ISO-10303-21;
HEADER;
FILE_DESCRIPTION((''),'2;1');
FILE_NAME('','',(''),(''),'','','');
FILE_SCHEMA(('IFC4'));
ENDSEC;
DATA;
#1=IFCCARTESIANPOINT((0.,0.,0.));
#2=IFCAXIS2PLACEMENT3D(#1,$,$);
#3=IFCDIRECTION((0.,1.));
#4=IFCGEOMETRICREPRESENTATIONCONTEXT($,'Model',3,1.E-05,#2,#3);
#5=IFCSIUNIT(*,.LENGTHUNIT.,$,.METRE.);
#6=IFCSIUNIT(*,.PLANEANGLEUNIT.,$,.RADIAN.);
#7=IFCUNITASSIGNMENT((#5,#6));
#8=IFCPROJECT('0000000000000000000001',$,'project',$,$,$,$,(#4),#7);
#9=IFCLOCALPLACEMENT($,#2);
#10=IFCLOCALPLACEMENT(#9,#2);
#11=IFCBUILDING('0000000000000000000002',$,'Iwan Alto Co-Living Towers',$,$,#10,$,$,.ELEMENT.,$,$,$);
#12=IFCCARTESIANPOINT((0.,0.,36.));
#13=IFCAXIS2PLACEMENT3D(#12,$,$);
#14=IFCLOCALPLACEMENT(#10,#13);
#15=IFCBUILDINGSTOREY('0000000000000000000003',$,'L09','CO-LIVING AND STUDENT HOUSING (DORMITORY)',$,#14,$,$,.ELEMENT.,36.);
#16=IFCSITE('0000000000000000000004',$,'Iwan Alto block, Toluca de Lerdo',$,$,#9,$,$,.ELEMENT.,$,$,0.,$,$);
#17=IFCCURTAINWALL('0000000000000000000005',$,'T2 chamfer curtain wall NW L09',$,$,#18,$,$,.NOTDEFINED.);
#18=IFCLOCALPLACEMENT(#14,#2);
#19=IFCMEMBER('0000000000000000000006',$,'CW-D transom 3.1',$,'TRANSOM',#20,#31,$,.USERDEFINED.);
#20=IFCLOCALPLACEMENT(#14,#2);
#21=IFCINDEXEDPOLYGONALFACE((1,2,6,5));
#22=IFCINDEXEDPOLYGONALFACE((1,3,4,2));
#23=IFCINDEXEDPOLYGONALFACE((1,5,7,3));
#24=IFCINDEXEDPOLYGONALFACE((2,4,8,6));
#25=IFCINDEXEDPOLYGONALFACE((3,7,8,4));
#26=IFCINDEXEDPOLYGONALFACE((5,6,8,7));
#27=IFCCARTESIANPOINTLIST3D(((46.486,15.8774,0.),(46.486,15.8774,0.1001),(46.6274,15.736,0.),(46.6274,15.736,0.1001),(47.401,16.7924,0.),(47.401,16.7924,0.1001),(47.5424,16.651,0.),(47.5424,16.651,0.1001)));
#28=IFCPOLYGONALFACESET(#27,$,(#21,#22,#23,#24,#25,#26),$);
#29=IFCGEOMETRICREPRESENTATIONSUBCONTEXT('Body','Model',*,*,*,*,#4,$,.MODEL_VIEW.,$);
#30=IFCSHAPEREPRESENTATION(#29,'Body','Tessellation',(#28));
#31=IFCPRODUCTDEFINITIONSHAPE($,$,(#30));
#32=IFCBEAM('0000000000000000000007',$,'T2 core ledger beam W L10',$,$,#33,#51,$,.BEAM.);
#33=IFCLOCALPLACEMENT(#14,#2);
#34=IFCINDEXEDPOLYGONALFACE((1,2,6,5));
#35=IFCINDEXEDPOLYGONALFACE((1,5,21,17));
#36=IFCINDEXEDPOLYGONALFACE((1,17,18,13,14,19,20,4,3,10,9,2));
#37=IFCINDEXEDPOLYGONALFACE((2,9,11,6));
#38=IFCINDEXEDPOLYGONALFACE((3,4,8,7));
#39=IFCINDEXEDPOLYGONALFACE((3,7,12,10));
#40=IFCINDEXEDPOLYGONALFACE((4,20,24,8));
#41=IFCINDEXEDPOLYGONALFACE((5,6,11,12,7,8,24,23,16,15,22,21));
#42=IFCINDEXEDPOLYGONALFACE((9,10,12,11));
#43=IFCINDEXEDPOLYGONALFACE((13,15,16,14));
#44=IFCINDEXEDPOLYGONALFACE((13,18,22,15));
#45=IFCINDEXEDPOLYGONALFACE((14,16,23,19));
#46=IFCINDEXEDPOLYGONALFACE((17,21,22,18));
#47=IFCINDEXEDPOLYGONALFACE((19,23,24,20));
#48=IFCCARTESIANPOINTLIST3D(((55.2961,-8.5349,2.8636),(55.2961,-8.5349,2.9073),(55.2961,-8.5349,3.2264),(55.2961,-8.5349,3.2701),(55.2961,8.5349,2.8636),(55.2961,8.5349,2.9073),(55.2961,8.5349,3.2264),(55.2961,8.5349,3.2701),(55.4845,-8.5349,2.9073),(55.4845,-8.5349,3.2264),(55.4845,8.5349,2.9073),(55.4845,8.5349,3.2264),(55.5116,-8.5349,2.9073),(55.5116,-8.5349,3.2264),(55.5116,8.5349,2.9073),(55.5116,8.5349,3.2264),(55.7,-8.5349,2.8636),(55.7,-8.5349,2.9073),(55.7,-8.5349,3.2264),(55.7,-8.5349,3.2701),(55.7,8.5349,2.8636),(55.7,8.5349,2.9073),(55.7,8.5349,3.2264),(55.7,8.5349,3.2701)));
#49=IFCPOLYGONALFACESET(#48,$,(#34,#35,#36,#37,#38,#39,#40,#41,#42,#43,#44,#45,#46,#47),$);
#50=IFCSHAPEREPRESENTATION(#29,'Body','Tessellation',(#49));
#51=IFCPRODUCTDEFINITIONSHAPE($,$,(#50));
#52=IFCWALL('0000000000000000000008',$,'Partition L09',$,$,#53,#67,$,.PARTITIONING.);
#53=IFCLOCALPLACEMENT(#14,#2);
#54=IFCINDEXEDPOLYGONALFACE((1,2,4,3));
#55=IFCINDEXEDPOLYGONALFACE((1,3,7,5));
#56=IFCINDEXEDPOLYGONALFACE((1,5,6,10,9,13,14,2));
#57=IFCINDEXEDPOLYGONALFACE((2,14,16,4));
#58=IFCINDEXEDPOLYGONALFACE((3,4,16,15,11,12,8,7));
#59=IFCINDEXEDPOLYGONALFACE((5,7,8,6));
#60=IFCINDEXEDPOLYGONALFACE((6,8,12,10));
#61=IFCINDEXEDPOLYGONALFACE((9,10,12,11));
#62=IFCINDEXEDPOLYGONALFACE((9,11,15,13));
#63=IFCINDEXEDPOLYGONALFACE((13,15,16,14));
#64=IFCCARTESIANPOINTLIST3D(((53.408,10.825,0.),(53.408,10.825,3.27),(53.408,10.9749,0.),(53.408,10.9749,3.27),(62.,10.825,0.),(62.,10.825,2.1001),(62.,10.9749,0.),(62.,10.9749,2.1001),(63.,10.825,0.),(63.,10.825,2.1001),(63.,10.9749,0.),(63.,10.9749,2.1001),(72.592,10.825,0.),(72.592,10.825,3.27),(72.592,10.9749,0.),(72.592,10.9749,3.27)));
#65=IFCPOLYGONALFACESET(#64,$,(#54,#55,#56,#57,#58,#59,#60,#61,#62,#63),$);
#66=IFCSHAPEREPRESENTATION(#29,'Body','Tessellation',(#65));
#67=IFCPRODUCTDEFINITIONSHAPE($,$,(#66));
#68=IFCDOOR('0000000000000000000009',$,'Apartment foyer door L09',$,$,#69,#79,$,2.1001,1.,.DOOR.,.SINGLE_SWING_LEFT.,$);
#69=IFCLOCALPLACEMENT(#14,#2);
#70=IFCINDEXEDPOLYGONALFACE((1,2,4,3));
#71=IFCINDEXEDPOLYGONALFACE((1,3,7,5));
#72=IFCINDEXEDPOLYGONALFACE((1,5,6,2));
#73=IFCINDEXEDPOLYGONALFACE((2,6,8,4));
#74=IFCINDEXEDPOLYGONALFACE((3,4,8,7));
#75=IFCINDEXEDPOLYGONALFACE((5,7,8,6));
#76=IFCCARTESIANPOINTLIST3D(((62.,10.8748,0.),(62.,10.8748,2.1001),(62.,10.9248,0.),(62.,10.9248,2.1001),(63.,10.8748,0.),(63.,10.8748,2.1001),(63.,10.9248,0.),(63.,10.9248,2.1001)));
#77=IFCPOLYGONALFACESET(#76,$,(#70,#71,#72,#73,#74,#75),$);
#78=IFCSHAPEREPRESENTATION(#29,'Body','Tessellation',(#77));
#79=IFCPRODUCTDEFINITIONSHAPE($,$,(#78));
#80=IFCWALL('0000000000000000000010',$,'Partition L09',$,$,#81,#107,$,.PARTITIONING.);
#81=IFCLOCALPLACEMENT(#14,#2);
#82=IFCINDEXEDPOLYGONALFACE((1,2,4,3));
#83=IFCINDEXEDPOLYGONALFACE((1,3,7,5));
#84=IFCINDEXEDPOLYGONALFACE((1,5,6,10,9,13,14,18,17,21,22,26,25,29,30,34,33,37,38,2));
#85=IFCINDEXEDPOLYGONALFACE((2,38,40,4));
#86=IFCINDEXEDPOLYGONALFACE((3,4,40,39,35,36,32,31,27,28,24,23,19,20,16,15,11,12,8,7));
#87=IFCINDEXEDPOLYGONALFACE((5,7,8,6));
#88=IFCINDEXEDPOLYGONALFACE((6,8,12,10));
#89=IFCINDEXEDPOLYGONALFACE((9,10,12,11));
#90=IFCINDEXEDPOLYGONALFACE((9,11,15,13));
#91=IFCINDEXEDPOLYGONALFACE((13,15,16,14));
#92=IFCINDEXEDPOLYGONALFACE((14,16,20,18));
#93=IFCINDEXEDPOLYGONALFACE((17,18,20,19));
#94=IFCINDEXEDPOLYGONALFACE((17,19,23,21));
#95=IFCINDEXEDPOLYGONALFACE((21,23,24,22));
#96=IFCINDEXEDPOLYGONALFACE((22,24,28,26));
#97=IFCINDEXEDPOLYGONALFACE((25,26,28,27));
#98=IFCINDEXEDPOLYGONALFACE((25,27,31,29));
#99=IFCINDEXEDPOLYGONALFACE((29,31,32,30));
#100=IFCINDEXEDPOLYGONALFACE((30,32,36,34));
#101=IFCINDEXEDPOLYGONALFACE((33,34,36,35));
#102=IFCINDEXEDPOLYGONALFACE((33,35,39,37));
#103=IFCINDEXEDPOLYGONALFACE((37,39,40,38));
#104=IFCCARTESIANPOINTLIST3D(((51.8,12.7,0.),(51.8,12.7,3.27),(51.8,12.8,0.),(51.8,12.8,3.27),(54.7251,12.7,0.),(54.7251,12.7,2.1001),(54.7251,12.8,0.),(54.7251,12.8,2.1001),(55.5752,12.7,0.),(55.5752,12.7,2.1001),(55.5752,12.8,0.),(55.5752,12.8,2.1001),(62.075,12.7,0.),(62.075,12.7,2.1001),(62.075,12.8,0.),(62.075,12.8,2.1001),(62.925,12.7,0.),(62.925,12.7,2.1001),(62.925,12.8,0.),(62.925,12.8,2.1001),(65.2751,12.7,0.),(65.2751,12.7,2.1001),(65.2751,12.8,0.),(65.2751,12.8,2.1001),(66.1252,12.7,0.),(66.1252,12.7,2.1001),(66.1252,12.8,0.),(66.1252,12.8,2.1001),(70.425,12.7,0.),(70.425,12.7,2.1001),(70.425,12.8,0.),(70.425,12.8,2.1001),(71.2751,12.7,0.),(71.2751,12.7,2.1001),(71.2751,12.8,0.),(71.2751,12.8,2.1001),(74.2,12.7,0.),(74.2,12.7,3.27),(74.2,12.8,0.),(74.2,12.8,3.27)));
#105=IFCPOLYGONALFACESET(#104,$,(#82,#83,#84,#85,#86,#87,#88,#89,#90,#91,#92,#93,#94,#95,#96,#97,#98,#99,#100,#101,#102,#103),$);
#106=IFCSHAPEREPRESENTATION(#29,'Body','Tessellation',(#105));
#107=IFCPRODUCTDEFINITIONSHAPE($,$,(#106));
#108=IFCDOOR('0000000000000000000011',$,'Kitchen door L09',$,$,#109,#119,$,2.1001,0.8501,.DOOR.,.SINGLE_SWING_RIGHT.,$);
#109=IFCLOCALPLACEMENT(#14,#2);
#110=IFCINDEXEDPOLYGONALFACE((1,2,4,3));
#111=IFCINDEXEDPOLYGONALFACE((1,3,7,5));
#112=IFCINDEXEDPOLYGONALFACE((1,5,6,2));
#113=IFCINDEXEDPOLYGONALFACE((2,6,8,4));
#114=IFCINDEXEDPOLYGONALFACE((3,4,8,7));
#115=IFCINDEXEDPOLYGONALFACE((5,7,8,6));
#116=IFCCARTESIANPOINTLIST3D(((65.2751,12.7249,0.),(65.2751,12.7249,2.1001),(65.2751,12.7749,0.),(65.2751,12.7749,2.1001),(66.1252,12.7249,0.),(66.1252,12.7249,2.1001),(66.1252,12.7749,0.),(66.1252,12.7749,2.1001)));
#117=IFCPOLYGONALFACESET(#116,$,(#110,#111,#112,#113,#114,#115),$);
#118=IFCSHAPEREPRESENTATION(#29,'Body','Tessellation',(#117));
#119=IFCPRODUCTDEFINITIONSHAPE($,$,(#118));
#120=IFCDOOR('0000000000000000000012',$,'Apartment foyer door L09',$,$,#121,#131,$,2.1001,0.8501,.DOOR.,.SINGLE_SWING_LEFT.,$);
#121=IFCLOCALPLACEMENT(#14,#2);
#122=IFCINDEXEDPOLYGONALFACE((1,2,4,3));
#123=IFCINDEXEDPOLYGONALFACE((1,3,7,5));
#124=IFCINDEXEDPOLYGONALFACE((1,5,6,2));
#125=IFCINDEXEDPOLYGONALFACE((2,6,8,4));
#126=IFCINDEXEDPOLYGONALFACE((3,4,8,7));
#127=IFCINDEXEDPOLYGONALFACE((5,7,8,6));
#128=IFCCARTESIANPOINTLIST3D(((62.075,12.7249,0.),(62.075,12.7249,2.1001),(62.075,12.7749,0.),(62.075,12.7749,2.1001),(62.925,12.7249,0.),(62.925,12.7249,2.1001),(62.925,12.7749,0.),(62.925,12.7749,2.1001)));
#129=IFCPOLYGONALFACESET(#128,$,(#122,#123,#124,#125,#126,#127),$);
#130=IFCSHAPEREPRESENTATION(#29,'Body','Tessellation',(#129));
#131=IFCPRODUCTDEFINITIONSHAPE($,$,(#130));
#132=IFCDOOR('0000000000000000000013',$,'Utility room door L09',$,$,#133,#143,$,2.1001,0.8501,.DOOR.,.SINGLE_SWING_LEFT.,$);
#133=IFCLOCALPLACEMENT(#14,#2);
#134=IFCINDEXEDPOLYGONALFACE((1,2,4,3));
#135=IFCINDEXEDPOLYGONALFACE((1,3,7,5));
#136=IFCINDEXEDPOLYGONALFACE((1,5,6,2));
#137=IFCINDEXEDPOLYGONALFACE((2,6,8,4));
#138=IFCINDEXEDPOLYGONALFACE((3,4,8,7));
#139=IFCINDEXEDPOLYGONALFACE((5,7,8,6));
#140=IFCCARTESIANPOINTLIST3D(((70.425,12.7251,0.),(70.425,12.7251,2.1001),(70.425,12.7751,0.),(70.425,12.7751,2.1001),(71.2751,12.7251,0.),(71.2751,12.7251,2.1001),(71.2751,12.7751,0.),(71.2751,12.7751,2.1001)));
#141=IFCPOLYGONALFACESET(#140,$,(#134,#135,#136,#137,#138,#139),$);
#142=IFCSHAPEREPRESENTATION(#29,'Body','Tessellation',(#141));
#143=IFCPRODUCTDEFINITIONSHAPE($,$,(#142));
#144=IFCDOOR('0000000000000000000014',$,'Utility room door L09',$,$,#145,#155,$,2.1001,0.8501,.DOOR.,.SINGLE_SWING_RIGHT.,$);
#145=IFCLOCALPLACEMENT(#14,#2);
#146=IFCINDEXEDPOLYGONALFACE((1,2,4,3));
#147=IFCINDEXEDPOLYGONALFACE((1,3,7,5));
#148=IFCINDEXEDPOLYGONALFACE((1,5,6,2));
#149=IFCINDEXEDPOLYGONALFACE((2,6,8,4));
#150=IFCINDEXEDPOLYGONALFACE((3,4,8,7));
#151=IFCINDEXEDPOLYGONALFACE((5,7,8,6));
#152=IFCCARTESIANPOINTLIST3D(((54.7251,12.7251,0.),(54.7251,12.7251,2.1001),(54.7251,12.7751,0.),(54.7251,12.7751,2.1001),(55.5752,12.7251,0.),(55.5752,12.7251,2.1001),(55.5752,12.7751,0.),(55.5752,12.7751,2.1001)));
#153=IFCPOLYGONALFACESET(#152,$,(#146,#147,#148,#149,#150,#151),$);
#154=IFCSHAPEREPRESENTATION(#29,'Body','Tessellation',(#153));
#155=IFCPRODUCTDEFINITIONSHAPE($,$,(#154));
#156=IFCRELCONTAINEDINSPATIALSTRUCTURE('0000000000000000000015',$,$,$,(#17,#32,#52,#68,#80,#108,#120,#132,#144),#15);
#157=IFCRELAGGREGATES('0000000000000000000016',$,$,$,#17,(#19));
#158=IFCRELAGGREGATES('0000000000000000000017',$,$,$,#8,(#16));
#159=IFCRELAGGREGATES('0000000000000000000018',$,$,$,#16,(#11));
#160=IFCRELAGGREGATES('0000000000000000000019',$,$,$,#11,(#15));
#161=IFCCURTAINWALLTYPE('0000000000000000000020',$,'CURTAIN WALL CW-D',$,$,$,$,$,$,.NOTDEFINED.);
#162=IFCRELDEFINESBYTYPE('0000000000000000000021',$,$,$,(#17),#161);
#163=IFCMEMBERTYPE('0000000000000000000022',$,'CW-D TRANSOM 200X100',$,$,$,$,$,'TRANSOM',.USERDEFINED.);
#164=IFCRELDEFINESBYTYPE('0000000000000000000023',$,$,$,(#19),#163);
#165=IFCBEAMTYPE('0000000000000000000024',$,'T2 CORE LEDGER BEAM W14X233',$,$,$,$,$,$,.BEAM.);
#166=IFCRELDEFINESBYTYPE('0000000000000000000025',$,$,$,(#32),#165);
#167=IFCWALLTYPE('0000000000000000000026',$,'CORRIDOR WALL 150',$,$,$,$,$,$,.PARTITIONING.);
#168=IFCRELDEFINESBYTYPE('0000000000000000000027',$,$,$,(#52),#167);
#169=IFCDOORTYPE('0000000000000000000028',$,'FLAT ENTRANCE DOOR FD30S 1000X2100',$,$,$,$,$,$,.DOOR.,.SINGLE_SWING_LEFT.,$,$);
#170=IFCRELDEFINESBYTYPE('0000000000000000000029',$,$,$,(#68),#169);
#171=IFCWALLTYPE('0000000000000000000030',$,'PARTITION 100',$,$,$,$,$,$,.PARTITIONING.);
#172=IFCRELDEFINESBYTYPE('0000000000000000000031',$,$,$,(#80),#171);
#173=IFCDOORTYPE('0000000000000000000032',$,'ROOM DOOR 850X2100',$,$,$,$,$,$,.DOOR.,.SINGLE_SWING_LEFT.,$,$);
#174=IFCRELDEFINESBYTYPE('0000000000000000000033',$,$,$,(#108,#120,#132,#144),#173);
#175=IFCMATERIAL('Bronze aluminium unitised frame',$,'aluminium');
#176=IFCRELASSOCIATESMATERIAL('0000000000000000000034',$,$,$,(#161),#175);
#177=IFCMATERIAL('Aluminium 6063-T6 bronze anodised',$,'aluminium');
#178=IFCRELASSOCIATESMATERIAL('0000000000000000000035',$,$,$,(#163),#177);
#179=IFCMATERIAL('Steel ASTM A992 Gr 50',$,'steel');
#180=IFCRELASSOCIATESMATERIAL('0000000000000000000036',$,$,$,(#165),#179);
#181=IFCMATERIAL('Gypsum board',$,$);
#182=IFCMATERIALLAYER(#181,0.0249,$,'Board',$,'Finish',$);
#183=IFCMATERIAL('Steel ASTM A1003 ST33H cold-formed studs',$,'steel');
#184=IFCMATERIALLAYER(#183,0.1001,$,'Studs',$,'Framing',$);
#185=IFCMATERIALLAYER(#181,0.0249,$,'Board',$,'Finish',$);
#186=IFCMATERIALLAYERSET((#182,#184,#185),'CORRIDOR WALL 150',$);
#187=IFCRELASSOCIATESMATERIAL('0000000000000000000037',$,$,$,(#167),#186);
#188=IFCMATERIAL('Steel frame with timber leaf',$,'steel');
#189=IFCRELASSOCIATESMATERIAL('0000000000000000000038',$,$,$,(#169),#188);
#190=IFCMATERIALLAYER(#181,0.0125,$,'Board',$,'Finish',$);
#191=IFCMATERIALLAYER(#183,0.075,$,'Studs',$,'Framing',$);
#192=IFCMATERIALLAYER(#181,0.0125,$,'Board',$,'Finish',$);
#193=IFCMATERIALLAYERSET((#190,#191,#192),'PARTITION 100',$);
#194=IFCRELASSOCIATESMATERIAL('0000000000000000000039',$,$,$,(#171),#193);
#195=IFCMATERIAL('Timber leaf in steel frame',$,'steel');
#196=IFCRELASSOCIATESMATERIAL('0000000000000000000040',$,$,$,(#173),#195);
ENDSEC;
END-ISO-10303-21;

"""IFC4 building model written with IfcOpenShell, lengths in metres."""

from ifc_helpers import new_model, si_unit, direction, frame, frame_2d, origin, origin_2d, place, context, subcontext, project, spatial, rectangle, i_section, extrude, material, layer, layer_set, material_profile, profile_set, type_object, element, fill, aggregate, save


model = new_model("IFC4")

# Units and contexts
model_context = context("Model", 3, precision=1e-05, world=origin(), true_north=direction((0.0, 1.0)))
body_context = subcontext(model_context, "Body", "Model", "MODEL_VIEW")
ifc_project = project(units=[si_unit("LENGTHUNIT", "METRE"), si_unit("PLANEANGLEUNIT", "RADIAN")], contexts=[model_context])

# Site, building, storey
site_placement = place(None, origin())
site = spatial("IfcSite", under=ifc_project, at=site_placement, Name="Iwan Alto block, Toluca de Lerdo", CompositionType="ELEMENT", RefElevation=0.0)
building_placement = place(site_placement, origin())
building = spatial("IfcBuilding", under=site, at=building_placement, Name="Iwan Alto Co-Living Towers", CompositionType="ELEMENT")
storey_placement = place(building_placement, frame((0.0, 0.0, 36.0)))
storey = spatial("IfcBuildingStorey", under=building, at=storey_placement, Name="L09", Description="CO-LIVING AND STUDENT HOUSING (DORMITORY)", CompositionType="ELEMENT", Elevation=36.0)

# Curtain wall, member
ifc_material_1 = material(Name="Bronze aluminium unitised frame", Category="aluminium")
curtain_wall_type = type_object("IfcCurtainWallType", Name="CURTAIN WALL CW-D", PredefinedType="NOTDEFINED", material=ifc_material_1)
curtain_wall_placement = place(storey_placement, origin())
curtain_wall = element("IfcCurtainWall", 1, at=curtain_wall_placement, inside=storey, type_object=curtain_wall_type, Name="T2 chamfer curtain wall NW L09", PredefinedType="NOTDEFINED")
ifc_material_2 = material(Name="Aluminium 6063-T6 bronze anodised", Category="aluminium")
ifc_material_profile_1 = material_profile(ifc_material_2, rectangle(XDim=0.2, YDim=0.1001, at=origin_2d()), Name="AL 200X100")
ifc_profile_set_1 = profile_set([ifc_material_profile_1], Name="Aluminium 6063-T6 bronze anodised")
member_type = type_object("IfcMemberType", Name="CW-D TRANSOM 200X100", ElementType="TRANSOM", PredefinedType="USERDEFINED", material=ifc_profile_set_1)
member_placement = place(storey_placement, frame((47.4717, 16.7217, 0.05), z_axis=(-0.707107, -0.707107, 0.0), x_axis=(0.707107, -0.707107, 0.0)))
member = element("IfcMember", 2, at=member_placement, type_object=member_type, Name="CW-D transom 3.1", ObjectType="TRANSOM", PredefinedType="USERDEFINED", context=body_context, shape_type="SweptSolid", body=[
    extrude(rectangle(XDim=0.2, YDim=0.1001, at=origin_2d()), origin(), (0.0, 0.0, 1.0), 1.2939),
])
aggregate(curtain_wall, [member])

# Beam
ifc_material_3 = material(Name="Steel ASTM A992 Gr 50", Category="steel")
ifc_material_profile_2 = material_profile(ifc_material_3, i_section(OverallWidth=0.4038, OverallDepth=0.4065, WebThickness=0.0271, FlangeThickness=0.0437, at=origin_2d()), Name="W14X233")
ifc_profile_set_2 = profile_set([ifc_material_profile_2], Name="Steel ASTM A992 Gr 50")
beam_type = type_object("IfcBeamType", Name="T2 CORE LEDGER BEAM W14X233", PredefinedType="BEAM", material=ifc_profile_set_2)
beam_placement = place(storey_placement, frame((55.498, 8.5349, 3.0669), z_axis=(0.0, -1.0, 0.0), x_axis=(1.0, 0.0, 0.0)))
element("IfcBeam", 3, at=beam_placement, inside=storey, type_object=beam_type, Name="T2 core ledger beam W L10", PredefinedType="BEAM", context=body_context, shape_type="SweptSolid", body=[
    extrude(i_section(OverallWidth=0.4038, OverallDepth=0.4065, WebThickness=0.0271, FlangeThickness=0.0437, at=origin_2d()), origin(), (0.0, 0.0, 1.0), 17.0698),
])

# Wall, opening, door
ifc_material_4 = material(Name="Gypsum board")
ifc_layer_1 = layer(ifc_material_4, 0.0249, Name="Board", Category="Finish")
ifc_material_5 = material(Name="Steel ASTM A1003 ST33H cold-formed studs", Category="steel")
ifc_layer_2 = layer(ifc_material_5, 0.1001, Name="Studs", Category="Framing")
ifc_layer_3 = layer(ifc_material_4, 0.0249, Name="Board", Category="Finish")
ifc_layer_set_1 = layer_set([ifc_layer_1, ifc_layer_2, ifc_layer_3], Name="CORRIDOR WALL 150")
wall_type_1 = type_object("IfcWallType", Name="CORRIDOR WALL 150", PredefinedType="PARTITIONING", material=ifc_layer_set_1)
wall_1_placement = place(storey_placement, frame((53.408, 10.8999, 0.0), z_axis=(0.0, 0.0, 1.0), x_axis=(1.0, 0.0, 0.0)))
wall_1 = element("IfcWall", 4, at=wall_1_placement, inside=storey, type_object=wall_type_1, Name="Partition L09", PredefinedType="PARTITIONING", context=body_context, shape_type="SweptSolid", body=[
    extrude(rectangle(XDim=19.1841, YDim=0.1499, at=frame_2d((9.592, 0.0))), origin(), (0.0, 0.0, 1.0), 3.27),
])
opening_1_placement = place(wall_1_placement, frame((8.592, 0.0, 0.0)))
opening_1 = element("IfcOpeningElement", 5, at=opening_1_placement, cuts=wall_1, PredefinedType="OPENING", context=body_context, shape_type="SweptSolid", body=[
    extrude(rectangle(XDim=1.0, YDim=2.1001, at=frame_2d((0.5, 1.05))), frame((0.0, 0.085, 0.0), z_axis=(0.0, -1.0, 0.0), x_axis=(1.0, 0.0, 0.0)), (0.0, 0.0, 1.0), 0.1699),
])
ifc_material_6 = material(Name="Steel frame with timber leaf", Category="steel")
door_type_1 = type_object("IfcDoorType", Name="FLAT ENTRANCE DOOR FD30S 1000X2100", OperationType="SINGLE_SWING_LEFT", PredefinedType="DOOR", material=ifc_material_6)
door_1_placement = place(opening_1_placement, origin())
door_1 = element("IfcDoor", 6, at=door_1_placement, inside=storey, type_object=door_type_1, Name="Apartment foyer door L09", OperationType="SINGLE_SWING_LEFT", OverallHeight=2.1001, OverallWidth=1.0, PredefinedType="DOOR", context=body_context, shape_type="SweptSolid", body=[
    extrude(rectangle(XDim=1.0, YDim=2.1001, at=frame_2d((0.5, 1.05))), frame((0.0, 0.0249, 0.0), z_axis=(0.0, -1.0, 0.0), x_axis=(1.0, 0.0, 0.0)), (0.0, 0.0, 1.0), 0.05),
])
fill(opening_1, door_1)

# Wall, openings, doors
ifc_layer_4 = layer(ifc_material_4, 0.0125, Name="Board", Category="Finish")
ifc_layer_5 = layer(ifc_material_5, 0.075, Name="Studs", Category="Framing")
ifc_layer_6 = layer(ifc_material_4, 0.0125, Name="Board", Category="Finish")
ifc_layer_set_2 = layer_set([ifc_layer_4, ifc_layer_5, ifc_layer_6], Name="PARTITION 100")
wall_type_2 = type_object("IfcWallType", Name="PARTITION 100", PredefinedType="PARTITIONING", material=ifc_layer_set_2)
wall_2_placement = place(storey_placement, frame((51.8, 12.75, 0.0), z_axis=(0.0, 0.0, 1.0), x_axis=(1.0, 0.0, 0.0)))
wall_2 = element("IfcWall", 7, at=wall_2_placement, inside=storey, type_object=wall_type_2, Name="Partition L09", PredefinedType="PARTITIONING", context=body_context, shape_type="SweptSolid", body=[
    extrude(rectangle(XDim=22.3999, YDim=0.1001, at=frame_2d((11.2, 0.0))), origin(), (0.0, 0.0, 1.0), 3.27),
])
opening_2_placement = place(wall_2_placement, frame((13.4751, 0.0, 0.0)))
opening_2 = element("IfcOpeningElement", 8, at=opening_2_placement, cuts=wall_2, PredefinedType="OPENING", context=body_context, shape_type="SweptSolid", body=[
    extrude(rectangle(XDim=0.8501, YDim=2.1001, at=frame_2d((0.425, 1.05))), frame((0.0, 0.0601, 0.0), z_axis=(0.0, -1.0, 0.0), x_axis=(1.0, 0.0, 0.0)), (0.0, 0.0, 1.0), 0.1201),
])
opening_3_placement = place(wall_2_placement, frame((10.2749, 0.0, 0.0)))
opening_3 = element("IfcOpeningElement", 9, at=opening_3_placement, cuts=wall_2, PredefinedType="OPENING", context=body_context, shape_type="SweptSolid", body=[
    extrude(rectangle(XDim=0.8501, YDim=2.1001, at=frame_2d((0.425, 1.05))), frame((0.0, 0.0601, 0.0), z_axis=(0.0, -1.0, 0.0), x_axis=(1.0, 0.0, 0.0)), (0.0, 0.0, 1.0), 0.1201),
])
opening_4_placement = place(wall_2_placement, frame((18.625, 0.0, 0.0)))
opening_4 = element("IfcOpeningElement", 10, at=opening_4_placement, cuts=wall_2, PredefinedType="OPENING", context=body_context, shape_type="SweptSolid", body=[
    extrude(rectangle(XDim=0.8501, YDim=2.1001, at=frame_2d((0.425, 1.05))), frame((0.0, 0.0601, 0.0), z_axis=(0.0, -1.0, 0.0), x_axis=(1.0, 0.0, 0.0)), (0.0, 0.0, 1.0), 0.1201),
])
opening_5_placement = place(wall_2_placement, frame((2.925, 0.0, 0.0)))
opening_5 = element("IfcOpeningElement", 11, at=opening_5_placement, cuts=wall_2, PredefinedType="OPENING", context=body_context, shape_type="SweptSolid", body=[
    extrude(rectangle(XDim=0.8501, YDim=2.1001, at=frame_2d((0.425, 1.05))), frame((0.0, 0.0601, 0.0), z_axis=(0.0, -1.0, 0.0), x_axis=(1.0, 0.0, 0.0)), (0.0, 0.0, 1.0), 0.1201),
])
ifc_material_7 = material(Name="Timber leaf in steel frame", Category="steel")
door_type_2 = type_object("IfcDoorType", Name="ROOM DOOR 850X2100", OperationType="SINGLE_SWING_LEFT", PredefinedType="DOOR", material=ifc_material_7)
door_2_placement = place(opening_2_placement, origin())
door_2 = element("IfcDoor", 12, at=door_2_placement, inside=storey, type_object=door_type_2, Name="Kitchen door L09", OperationType="SINGLE_SWING_RIGHT", OverallHeight=2.1001, OverallWidth=0.8501, PredefinedType="DOOR", context=body_context, shape_type="SweptSolid", body=[
    extrude(rectangle(XDim=0.8501, YDim=2.1001, at=frame_2d((0.425, 1.05))), frame((0.0, 0.0249, 0.0), z_axis=(0.0, -1.0, 0.0), x_axis=(1.0, 0.0, 0.0)), (0.0, 0.0, 1.0), 0.05),
])
fill(opening_2, door_2)
door_3_placement = place(opening_3_placement, origin())
door_3 = element("IfcDoor", 13, at=door_3_placement, inside=storey, type_object=door_type_2, Name="Apartment foyer door L09", OperationType="SINGLE_SWING_LEFT", OverallHeight=2.1001, OverallWidth=0.8501, PredefinedType="DOOR", context=body_context, shape_type="SweptSolid", body=[
    extrude(rectangle(XDim=0.8501, YDim=2.1001, at=frame_2d((0.425, 1.05))), frame((0.0, 0.0249, 0.0), z_axis=(0.0, -1.0, 0.0), x_axis=(1.0, 0.0, 0.0)), (0.0, 0.0, 1.0), 0.05),
])
fill(opening_3, door_3)
door_4_placement = place(opening_4_placement, frame((0.8501, 0.0, 0.0), z_axis=(0.0, 0.0, 1.0), x_axis=(-1.0, 0.0, 0.0)))
door_4 = element("IfcDoor", 14, at=door_4_placement, inside=storey, type_object=door_type_2, Name="Utility room door L09", OperationType="SINGLE_SWING_LEFT", OverallHeight=2.1001, OverallWidth=0.8501, PredefinedType="DOOR", context=body_context, shape_type="SweptSolid", body=[
    extrude(rectangle(XDim=0.8501, YDim=2.1001, at=frame_2d((0.425, 1.05))), frame((0.0, 0.0249, 0.0), z_axis=(0.0, -1.0, 0.0), x_axis=(1.0, 0.0, 0.0)), (0.0, 0.0, 1.0), 0.05),
])
fill(opening_4, door_4)
door_5_placement = place(opening_5_placement, frame((0.8501, 0.0, 0.0), z_axis=(0.0, 0.0, 1.0), x_axis=(-1.0, 0.0, 0.0)))
door_5 = element("IfcDoor", 15, at=door_5_placement, inside=storey, type_object=door_type_2, Name="Utility room door L09", OperationType="SINGLE_SWING_RIGHT", OverallHeight=2.1001, OverallWidth=0.8501, PredefinedType="DOOR", context=body_context, shape_type="SweptSolid", body=[
    extrude(rectangle(XDim=0.8501, YDim=2.1001, at=frame_2d((0.425, 1.05))), frame((0.0, 0.0249, 0.0), z_axis=(0.0, -1.0, 0.0), x_axis=(1.0, 0.0, 0.0)), (0.0, 0.0, 1.0), 0.05),
])
fill(opening_5, door_5)

save(model, "model.ifc")
